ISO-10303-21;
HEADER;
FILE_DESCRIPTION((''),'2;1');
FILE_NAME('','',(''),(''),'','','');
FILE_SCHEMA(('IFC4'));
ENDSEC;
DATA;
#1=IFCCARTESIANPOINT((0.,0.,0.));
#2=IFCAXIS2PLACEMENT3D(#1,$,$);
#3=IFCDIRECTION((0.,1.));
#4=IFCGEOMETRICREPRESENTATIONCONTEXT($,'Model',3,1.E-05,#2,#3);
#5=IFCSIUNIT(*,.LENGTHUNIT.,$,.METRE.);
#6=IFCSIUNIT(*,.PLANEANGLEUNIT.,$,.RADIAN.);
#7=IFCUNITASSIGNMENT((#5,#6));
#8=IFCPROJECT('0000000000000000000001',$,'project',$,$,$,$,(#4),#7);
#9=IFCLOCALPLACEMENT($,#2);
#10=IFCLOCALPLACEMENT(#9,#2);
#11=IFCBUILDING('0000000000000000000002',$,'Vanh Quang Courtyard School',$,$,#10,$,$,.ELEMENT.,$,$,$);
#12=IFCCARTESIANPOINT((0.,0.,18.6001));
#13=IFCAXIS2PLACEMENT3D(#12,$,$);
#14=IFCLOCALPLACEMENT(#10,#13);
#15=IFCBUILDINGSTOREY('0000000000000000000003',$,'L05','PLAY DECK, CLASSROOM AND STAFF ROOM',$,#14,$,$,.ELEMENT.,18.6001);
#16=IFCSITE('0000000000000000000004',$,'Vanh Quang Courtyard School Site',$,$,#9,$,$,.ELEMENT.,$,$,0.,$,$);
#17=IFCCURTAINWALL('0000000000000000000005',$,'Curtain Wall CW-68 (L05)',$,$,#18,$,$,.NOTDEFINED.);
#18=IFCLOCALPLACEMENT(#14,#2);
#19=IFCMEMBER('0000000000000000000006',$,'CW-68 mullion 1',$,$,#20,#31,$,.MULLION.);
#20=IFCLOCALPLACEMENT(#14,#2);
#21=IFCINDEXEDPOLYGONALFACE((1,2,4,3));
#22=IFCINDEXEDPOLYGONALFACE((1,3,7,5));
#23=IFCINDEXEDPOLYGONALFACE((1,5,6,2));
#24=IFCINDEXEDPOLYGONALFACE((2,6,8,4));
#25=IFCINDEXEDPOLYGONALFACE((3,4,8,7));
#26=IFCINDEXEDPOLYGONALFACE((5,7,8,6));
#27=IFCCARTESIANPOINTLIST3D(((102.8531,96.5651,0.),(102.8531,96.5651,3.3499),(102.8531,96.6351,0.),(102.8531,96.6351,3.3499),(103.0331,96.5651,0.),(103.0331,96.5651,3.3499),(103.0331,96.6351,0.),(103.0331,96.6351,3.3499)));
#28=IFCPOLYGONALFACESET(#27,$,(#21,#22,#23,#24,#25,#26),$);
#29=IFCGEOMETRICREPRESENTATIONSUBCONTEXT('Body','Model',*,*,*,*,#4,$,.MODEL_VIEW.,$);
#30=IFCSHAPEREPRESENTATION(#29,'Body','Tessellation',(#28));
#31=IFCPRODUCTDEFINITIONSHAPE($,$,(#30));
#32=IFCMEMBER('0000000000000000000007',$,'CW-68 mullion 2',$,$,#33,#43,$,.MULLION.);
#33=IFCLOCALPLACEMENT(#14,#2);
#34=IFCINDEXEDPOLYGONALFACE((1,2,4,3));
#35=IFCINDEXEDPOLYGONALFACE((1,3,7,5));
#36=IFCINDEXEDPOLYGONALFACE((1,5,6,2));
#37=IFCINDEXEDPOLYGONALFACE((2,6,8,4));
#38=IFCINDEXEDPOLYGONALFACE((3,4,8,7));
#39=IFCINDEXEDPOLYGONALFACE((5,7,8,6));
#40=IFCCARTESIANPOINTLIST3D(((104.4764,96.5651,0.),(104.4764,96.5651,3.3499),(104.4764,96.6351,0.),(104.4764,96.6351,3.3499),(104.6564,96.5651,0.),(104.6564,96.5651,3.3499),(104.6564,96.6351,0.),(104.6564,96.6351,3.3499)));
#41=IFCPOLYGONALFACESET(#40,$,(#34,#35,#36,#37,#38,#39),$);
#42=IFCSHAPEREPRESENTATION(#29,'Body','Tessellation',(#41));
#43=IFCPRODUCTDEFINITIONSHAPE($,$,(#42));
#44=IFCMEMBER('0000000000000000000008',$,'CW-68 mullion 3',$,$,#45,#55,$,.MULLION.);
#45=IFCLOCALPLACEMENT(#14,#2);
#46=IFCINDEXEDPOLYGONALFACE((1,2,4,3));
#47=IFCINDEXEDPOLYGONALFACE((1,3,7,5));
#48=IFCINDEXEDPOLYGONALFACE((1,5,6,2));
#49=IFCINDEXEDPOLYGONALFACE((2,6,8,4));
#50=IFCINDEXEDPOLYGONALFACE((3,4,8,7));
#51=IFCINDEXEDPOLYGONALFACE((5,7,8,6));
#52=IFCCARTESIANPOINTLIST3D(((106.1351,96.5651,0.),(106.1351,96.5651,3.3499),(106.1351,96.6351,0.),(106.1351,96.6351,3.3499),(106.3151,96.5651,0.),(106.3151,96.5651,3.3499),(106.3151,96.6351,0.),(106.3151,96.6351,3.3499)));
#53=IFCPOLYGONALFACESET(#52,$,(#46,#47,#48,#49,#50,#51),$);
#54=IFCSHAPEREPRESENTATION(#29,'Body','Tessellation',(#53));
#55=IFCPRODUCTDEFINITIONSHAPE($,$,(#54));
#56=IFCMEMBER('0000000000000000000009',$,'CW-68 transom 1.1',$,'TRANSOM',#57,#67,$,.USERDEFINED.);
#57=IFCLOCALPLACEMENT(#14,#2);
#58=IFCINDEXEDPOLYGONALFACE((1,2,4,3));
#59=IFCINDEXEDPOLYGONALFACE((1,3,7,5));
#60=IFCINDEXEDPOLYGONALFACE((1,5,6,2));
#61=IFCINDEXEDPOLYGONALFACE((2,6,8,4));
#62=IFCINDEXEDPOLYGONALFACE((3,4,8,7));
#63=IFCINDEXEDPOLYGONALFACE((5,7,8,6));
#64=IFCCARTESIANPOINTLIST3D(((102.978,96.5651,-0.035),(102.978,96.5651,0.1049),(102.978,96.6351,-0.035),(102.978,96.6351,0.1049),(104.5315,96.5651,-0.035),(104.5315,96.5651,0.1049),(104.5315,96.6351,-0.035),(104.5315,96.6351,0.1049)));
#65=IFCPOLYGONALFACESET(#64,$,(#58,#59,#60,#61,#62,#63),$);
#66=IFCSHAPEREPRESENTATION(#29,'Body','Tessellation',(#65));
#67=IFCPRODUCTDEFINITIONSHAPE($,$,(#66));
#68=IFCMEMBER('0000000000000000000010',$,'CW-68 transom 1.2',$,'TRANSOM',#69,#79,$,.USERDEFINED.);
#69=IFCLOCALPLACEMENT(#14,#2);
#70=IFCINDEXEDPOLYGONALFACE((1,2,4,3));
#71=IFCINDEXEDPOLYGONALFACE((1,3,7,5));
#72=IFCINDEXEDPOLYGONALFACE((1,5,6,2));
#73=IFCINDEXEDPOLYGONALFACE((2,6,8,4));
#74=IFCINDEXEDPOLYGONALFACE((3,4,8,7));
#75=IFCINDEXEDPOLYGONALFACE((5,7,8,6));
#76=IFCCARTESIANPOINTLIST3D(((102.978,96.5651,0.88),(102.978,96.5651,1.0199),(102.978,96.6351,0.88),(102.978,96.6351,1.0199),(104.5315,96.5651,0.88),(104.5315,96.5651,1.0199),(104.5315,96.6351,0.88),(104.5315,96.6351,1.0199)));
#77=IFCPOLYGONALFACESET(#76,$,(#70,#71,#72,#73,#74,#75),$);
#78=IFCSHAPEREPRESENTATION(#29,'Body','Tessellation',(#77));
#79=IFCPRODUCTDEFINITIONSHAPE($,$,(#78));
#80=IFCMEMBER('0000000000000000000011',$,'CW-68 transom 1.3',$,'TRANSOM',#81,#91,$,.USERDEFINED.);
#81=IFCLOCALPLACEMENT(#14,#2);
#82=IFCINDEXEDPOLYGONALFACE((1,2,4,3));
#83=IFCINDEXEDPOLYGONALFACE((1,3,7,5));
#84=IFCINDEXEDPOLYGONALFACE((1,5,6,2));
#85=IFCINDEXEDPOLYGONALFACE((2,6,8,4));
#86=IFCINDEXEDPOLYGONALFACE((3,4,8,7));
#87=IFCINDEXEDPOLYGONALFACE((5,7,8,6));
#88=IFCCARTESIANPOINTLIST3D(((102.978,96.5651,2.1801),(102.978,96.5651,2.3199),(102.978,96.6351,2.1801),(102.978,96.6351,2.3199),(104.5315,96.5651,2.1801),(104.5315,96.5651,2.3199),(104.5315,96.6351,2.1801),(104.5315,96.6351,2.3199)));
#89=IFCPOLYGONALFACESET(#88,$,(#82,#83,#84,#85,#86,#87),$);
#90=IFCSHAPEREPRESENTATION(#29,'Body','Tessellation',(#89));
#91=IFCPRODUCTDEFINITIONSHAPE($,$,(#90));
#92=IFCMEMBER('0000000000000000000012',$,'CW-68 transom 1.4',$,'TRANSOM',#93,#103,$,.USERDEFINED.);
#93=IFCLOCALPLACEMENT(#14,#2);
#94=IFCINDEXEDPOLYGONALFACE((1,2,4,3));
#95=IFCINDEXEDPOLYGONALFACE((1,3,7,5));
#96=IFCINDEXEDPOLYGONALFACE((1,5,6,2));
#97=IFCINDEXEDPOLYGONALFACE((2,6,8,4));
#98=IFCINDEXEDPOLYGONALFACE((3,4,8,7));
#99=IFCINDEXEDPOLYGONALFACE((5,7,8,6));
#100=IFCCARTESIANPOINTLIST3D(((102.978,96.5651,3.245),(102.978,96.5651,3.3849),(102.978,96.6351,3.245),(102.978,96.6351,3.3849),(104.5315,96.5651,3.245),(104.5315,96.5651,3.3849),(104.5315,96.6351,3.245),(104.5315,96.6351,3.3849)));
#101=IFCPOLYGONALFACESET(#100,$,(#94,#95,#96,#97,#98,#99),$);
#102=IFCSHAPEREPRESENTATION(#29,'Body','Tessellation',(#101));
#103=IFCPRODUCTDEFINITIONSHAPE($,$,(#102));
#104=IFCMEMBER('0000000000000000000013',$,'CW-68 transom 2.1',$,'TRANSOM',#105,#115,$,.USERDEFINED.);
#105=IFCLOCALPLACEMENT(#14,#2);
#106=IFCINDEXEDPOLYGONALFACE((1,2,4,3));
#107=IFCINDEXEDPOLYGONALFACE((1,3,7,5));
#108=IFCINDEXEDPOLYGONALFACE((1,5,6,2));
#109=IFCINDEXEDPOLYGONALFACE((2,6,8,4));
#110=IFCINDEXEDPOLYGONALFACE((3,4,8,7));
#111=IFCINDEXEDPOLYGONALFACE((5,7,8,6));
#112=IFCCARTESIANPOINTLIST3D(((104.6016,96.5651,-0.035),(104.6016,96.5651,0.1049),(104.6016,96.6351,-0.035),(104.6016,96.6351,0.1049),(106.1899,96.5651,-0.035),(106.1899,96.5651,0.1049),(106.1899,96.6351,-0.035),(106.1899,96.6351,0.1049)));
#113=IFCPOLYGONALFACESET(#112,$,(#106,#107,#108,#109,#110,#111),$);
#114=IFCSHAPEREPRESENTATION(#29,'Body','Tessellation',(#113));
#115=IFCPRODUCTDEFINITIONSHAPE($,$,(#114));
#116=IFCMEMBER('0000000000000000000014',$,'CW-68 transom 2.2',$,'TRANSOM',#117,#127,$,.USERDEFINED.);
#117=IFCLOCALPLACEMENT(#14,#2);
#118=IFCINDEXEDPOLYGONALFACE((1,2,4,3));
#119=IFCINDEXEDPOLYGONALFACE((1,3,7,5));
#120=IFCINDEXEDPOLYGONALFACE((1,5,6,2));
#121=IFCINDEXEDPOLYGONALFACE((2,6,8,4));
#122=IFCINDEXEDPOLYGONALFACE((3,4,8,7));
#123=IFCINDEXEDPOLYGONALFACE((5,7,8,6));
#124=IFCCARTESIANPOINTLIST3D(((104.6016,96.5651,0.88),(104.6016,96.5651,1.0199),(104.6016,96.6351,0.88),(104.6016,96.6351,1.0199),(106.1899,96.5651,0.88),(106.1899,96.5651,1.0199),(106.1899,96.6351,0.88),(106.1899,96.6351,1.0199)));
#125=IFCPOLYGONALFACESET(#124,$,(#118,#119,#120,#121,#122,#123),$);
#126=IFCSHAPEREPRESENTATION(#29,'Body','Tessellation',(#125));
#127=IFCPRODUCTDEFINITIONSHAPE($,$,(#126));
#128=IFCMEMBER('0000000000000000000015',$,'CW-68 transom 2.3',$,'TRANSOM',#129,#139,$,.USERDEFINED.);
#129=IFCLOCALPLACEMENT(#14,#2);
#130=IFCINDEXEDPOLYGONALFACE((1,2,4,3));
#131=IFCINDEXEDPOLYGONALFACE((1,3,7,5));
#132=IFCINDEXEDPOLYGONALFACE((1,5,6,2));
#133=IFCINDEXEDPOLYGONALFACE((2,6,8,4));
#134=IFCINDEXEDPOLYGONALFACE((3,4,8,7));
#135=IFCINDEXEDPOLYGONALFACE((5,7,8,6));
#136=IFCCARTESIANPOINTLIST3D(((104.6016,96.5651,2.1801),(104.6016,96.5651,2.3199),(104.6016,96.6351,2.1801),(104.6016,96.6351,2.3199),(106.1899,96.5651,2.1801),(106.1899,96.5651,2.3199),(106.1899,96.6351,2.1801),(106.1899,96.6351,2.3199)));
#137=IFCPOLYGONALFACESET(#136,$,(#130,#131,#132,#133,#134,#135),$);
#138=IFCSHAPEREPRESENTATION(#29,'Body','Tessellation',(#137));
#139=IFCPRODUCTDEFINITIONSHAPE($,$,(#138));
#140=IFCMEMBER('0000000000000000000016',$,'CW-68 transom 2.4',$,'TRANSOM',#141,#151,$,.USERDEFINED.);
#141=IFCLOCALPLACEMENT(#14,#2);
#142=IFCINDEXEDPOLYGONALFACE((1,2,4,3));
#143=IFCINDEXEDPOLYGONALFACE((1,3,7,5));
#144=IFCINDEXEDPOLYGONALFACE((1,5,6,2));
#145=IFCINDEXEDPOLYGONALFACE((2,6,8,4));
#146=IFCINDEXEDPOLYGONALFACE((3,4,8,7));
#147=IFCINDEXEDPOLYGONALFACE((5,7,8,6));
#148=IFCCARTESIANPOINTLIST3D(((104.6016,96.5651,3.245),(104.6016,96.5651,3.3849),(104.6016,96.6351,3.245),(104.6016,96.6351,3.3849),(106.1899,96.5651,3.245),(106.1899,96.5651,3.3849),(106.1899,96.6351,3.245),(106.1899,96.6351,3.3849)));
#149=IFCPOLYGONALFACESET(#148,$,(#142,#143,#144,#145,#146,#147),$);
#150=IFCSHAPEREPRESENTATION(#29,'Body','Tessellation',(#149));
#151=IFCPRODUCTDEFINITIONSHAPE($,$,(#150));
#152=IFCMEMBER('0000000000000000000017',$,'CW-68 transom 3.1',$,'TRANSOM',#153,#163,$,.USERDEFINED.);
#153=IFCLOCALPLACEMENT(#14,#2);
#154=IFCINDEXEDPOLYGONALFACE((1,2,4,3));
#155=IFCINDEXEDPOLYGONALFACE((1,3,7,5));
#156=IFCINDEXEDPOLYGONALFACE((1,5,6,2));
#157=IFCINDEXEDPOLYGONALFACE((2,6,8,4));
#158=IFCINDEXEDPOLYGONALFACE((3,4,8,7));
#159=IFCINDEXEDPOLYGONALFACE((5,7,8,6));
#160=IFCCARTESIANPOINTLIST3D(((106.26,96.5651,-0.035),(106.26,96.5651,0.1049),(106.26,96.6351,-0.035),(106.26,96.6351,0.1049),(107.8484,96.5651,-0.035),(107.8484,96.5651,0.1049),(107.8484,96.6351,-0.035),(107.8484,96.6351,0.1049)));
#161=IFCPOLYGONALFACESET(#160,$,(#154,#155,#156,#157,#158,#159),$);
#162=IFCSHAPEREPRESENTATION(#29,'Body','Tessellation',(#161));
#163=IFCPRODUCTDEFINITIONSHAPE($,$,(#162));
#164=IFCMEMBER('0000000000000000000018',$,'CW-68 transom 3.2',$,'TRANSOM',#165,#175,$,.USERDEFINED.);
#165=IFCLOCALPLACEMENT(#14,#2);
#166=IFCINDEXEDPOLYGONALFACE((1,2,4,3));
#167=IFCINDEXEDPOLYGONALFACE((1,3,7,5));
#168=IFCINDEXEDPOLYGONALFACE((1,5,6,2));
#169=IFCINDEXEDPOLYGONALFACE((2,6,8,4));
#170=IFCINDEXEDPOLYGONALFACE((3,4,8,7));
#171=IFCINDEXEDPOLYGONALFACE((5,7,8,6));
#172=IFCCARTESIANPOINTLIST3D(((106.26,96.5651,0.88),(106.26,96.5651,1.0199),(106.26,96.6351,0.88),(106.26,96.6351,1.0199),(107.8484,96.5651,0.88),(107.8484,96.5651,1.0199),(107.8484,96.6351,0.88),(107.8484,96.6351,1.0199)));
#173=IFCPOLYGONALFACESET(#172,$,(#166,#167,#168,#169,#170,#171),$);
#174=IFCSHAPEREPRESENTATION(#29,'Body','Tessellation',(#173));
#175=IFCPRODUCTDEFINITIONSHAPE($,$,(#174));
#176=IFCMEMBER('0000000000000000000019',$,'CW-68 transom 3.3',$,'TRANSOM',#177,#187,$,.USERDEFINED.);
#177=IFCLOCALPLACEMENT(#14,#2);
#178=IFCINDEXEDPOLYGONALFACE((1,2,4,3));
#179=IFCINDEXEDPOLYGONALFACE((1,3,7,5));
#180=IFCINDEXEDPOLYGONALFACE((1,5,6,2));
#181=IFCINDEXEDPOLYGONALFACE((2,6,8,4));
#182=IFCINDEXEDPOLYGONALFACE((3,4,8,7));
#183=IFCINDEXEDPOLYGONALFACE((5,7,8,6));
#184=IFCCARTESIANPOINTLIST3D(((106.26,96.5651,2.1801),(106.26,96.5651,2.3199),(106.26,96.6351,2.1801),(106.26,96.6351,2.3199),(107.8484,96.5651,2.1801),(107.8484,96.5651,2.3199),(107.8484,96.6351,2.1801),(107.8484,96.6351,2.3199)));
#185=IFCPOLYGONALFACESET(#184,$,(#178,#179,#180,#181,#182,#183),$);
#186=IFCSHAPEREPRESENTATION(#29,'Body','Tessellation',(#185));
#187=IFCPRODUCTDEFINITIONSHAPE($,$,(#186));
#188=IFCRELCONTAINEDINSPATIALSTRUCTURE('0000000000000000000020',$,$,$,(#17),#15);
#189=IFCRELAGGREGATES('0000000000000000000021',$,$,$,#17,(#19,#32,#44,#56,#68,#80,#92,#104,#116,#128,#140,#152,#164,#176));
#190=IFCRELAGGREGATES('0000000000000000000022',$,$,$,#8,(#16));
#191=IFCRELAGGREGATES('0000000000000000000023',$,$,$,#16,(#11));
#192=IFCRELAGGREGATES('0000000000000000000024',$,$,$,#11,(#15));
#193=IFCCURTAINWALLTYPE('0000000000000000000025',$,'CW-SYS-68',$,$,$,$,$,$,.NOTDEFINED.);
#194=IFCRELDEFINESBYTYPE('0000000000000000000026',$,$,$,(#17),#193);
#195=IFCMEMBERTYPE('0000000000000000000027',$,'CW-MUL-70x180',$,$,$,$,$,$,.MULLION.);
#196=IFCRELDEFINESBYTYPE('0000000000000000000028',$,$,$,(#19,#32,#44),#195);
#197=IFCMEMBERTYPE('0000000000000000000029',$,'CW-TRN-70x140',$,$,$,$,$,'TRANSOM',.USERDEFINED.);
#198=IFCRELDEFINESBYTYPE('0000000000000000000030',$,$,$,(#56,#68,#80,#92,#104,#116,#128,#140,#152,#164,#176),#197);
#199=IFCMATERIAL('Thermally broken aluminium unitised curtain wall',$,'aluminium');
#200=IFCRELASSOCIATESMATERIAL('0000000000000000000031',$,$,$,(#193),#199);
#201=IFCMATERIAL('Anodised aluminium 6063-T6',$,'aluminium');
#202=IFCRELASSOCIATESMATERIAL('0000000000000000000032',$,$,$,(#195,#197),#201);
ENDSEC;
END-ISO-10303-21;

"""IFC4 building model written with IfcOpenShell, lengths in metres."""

from ifc_helpers import new_model, si_unit, direction, frame, origin, origin_2d, place, context, subcontext, project, spatial, rectangle, extrude, material, material_profile, profile_set, type_object, element, aggregate, save


model = new_model("IFC4")

# Units and contexts
model_context = context("Model", 3, precision=1e-05, world=origin(), true_north=direction((0.0, 1.0)))
body_context = subcontext(model_context, "Body", "Model", "MODEL_VIEW")
ifc_project = project(units=[si_unit("LENGTHUNIT", "METRE"), si_unit("PLANEANGLEUNIT", "RADIAN")], contexts=[model_context])

# Site, building, storey
site_placement = place(None, origin())
site = spatial("IfcSite", under=ifc_project, at=site_placement, Name="Vanh Quang Courtyard School Site", CompositionType="ELEMENT", RefElevation=0.0)
building_placement = place(site_placement, origin())
building = spatial("IfcBuilding", under=site, at=building_placement, Name="Vanh Quang Courtyard School", CompositionType="ELEMENT")
storey_placement = place(building_placement, frame((0.0, 0.0, 18.6001)))
storey = spatial("IfcBuildingStorey", under=building, at=storey_placement, Name="L05", Description="PLAY DECK, CLASSROOM AND STAFF ROOM", CompositionType="ELEMENT", Elevation=18.6001)

# Curtain wall, members
ifc_material_1 = material(Name="Thermally broken aluminium unitised curtain wall", Category="aluminium")
curtain_wall_type = type_object("IfcCurtainWallType", Name="CW-SYS-68", PredefinedType="NOTDEFINED", material=ifc_material_1)
curtain_wall_placement = place(storey_placement, origin())
curtain_wall = element("IfcCurtainWall", 1, at=curtain_wall_placement, inside=storey, type_object=curtain_wall_type, Name="Curtain Wall CW-68 (L05)", PredefinedType="NOTDEFINED")
ifc_material_2 = material(Name="Anodised aluminium 6063-T6", Category="aluminium")
ifc_material_profile_1 = material_profile(ifc_material_2, rectangle(XDim=0.0701, YDim=0.1799, at=origin_2d()), Name="ALU-MUL 70x180")
ifc_profile_set_1 = profile_set([ifc_material_profile_1], Name="Anodised aluminium 6063-T6")
member_type_1 = type_object("IfcMemberType", Name="CW-MUL-70x180", PredefinedType="MULLION", material=ifc_profile_set_1)
member_1_placement = place(storey_placement, frame((102.9431, 96.6001, 0.0), z_axis=(0.0, 0.0, 1.0), x_axis=(0.0, 1.0, 0.0)))
member_1 = element("IfcMember", 2, at=member_1_placement, type_object=member_type_1, Name="CW-68 mullion 1", PredefinedType="MULLION", context=body_context, shape_type="SweptSolid", body=[
    extrude(rectangle(XDim=0.0701, YDim=0.1799, at=origin_2d()), origin(), (0.0, 0.0, 1.0), 3.3499),
])
member_2_placement = place(storey_placement, frame((104.5664, 96.6001, 0.0), z_axis=(0.0, 0.0, 1.0), x_axis=(0.0, 1.0, 0.0)))
member_2 = element("IfcMember", 3, at=member_2_placement, type_object=member_type_1, Name="CW-68 mullion 2", PredefinedType="MULLION", context=body_context, shape_type="SweptSolid", body=[
    extrude(rectangle(XDim=0.0701, YDim=0.1799, at=origin_2d()), origin(), (0.0, 0.0, 1.0), 3.3499),
])
member_3_placement = place(storey_placement, frame((106.2251, 96.6001, 0.0), z_axis=(0.0, 0.0, 1.0), x_axis=(0.0, 1.0, 0.0)))
member_3 = element("IfcMember", 4, at=member_3_placement, type_object=member_type_1, Name="CW-68 mullion 3", PredefinedType="MULLION", context=body_context, shape_type="SweptSolid", body=[
    extrude(rectangle(XDim=0.0701, YDim=0.1799, at=origin_2d()), origin(), (0.0, 0.0, 1.0), 3.3499),
])
ifc_material_profile_2 = material_profile(ifc_material_2, rectangle(XDim=0.0701, YDim=0.1399, at=origin_2d()), Name="ALU-TRN 70x140")
ifc_profile_set_2 = profile_set([ifc_material_profile_2], Name="Anodised aluminium 6063-T6")
member_type_2 = type_object("IfcMemberType", Name="CW-TRN-70x140", ElementType="TRANSOM", PredefinedType="USERDEFINED", material=ifc_profile_set_2)
member_4_placement = place(storey_placement, frame((102.978, 96.6001, 0.0349), z_axis=(1.0, 0.0, 0.0), x_axis=(0.0, 1.0, 0.0)))
member_4 = element("IfcMember", 5, at=member_4_placement, type_object=member_type_2, Name="CW-68 transom 1.1", ObjectType="TRANSOM", PredefinedType="USERDEFINED", context=body_context, shape_type="SweptSolid", body=[
    extrude(rectangle(XDim=0.0701, YDim=0.1399, at=origin_2d()), origin(), (0.0, 0.0, 1.0), 1.5535),
])
member_5_placement = place(storey_placement, frame((102.978, 96.6001, 0.95), z_axis=(1.0, 0.0, 0.0), x_axis=(0.0, 1.0, 0.0)))
member_5 = element("IfcMember", 6, at=member_5_placement, type_object=member_type_2, Name="CW-68 transom 1.2", ObjectType="TRANSOM", PredefinedType="USERDEFINED", context=body_context, shape_type="SweptSolid", body=[
    extrude(rectangle(XDim=0.0701, YDim=0.1399, at=origin_2d()), origin(), (0.0, 0.0, 1.0), 1.5535),
])
member_6_placement = place(storey_placement, frame((102.978, 96.6001, 2.25), z_axis=(1.0, 0.0, 0.0), x_axis=(0.0, 1.0, 0.0)))
member_6 = element("IfcMember", 7, at=member_6_placement, type_object=member_type_2, Name="CW-68 transom 1.3", ObjectType="TRANSOM", PredefinedType="USERDEFINED", context=body_context, shape_type="SweptSolid", body=[
    extrude(rectangle(XDim=0.0701, YDim=0.1399, at=origin_2d()), origin(), (0.0, 0.0, 1.0), 1.5535),
])
member_7_placement = place(storey_placement, frame((102.978, 96.6001, 3.3149), z_axis=(1.0, 0.0, 0.0), x_axis=(0.0, 1.0, 0.0)))
member_7 = element("IfcMember", 8, at=member_7_placement, type_object=member_type_2, Name="CW-68 transom 1.4", ObjectType="TRANSOM", PredefinedType="USERDEFINED", context=body_context, shape_type="SweptSolid", body=[
    extrude(rectangle(XDim=0.0701, YDim=0.1399, at=origin_2d()), origin(), (0.0, 0.0, 1.0), 1.5535),
])
member_8_placement = place(storey_placement, frame((104.6016, 96.6001, 0.0349), z_axis=(1.0, 0.0, 0.0), x_axis=(0.0, 1.0, 0.0)))
member_8 = element("IfcMember", 9, at=member_8_placement, type_object=member_type_2, Name="CW-68 transom 2.1", ObjectType="TRANSOM", PredefinedType="USERDEFINED", context=body_context, shape_type="SweptSolid", body=[
    extrude(rectangle(XDim=0.0701, YDim=0.1399, at=origin_2d()), origin(), (0.0, 0.0, 1.0), 1.5884),
])
member_9_placement = place(storey_placement, frame((104.6016, 96.6001, 0.95), z_axis=(1.0, 0.0, 0.0), x_axis=(0.0, 1.0, 0.0)))
member_9 = element("IfcMember", 10, at=member_9_placement, type_object=member_type_2, Name="CW-68 transom 2.2", ObjectType="TRANSOM", PredefinedType="USERDEFINED", context=body_context, shape_type="SweptSolid", body=[
    extrude(rectangle(XDim=0.0701, YDim=0.1399, at=origin_2d()), origin(), (0.0, 0.0, 1.0), 1.5884),
])
member_10_placement = place(storey_placement, frame((104.6016, 96.6001, 2.25), z_axis=(1.0, 0.0, 0.0), x_axis=(0.0, 1.0, 0.0)))
member_10 = element("IfcMember", 11, at=member_10_placement, type_object=member_type_2, Name="CW-68 transom 2.3", ObjectType="TRANSOM", PredefinedType="USERDEFINED", context=body_context, shape_type="SweptSolid", body=[
    extrude(rectangle(XDim=0.0701, YDim=0.1399, at=origin_2d()), origin(), (0.0, 0.0, 1.0), 1.5884),
])
member_11_placement = place(storey_placement, frame((104.6016, 96.6001, 3.3149), z_axis=(1.0, 0.0, 0.0), x_axis=(0.0, 1.0, 0.0)))
member_11 = element("IfcMember", 12, at=member_11_placement, type_object=member_type_2, Name="CW-68 transom 2.4", ObjectType="TRANSOM", PredefinedType="USERDEFINED", context=body_context, shape_type="SweptSolid", body=[
    extrude(rectangle(XDim=0.0701, YDim=0.1399, at=origin_2d()), origin(), (0.0, 0.0, 1.0), 1.5884),
])
member_12_placement = place(storey_placement, frame((106.26, 96.6001, 0.0349), z_axis=(1.0, 0.0, 0.0), x_axis=(0.0, 1.0, 0.0)))
member_12 = element("IfcMember", 13, at=member_12_placement, type_object=member_type_2, Name="CW-68 transom 3.1", ObjectType="TRANSOM", PredefinedType="USERDEFINED", context=body_context, shape_type="SweptSolid", body=[
    extrude(rectangle(XDim=0.0701, YDim=0.1399, at=origin_2d()), origin(), (0.0, 0.0, 1.0), 1.5884),
])
member_13_placement = place(storey_placement, frame((106.26, 96.6001, 0.95), z_axis=(1.0, 0.0, 0.0), x_axis=(0.0, 1.0, 0.0)))
member_13 = element("IfcMember", 14, at=member_13_placement, type_object=member_type_2, Name="CW-68 transom 3.2", ObjectType="TRANSOM", PredefinedType="USERDEFINED", context=body_context, shape_type="SweptSolid", body=[
    extrude(rectangle(XDim=0.0701, YDim=0.1399, at=origin_2d()), origin(), (0.0, 0.0, 1.0), 1.5884),
])
member_14_placement = place(storey_placement, frame((106.26, 96.6001, 2.25), z_axis=(1.0, 0.0, 0.0), x_axis=(0.0, 1.0, 0.0)))
member_14 = element("IfcMember", 15, at=member_14_placement, type_object=member_type_2, Name="CW-68 transom 3.3", ObjectType="TRANSOM", PredefinedType="USERDEFINED", context=body_context, shape_type="SweptSolid", body=[
    extrude(rectangle(XDim=0.0701, YDim=0.1399, at=origin_2d()), origin(), (0.0, 0.0, 1.0), 1.5884),
])
aggregate(curtain_wall, [member_1, member_2, member_3, member_4, member_5, member_6, member_7, member_8, member_9, member_10, member_11, member_12, member_13, member_14])

save(model, "model.ifc")
